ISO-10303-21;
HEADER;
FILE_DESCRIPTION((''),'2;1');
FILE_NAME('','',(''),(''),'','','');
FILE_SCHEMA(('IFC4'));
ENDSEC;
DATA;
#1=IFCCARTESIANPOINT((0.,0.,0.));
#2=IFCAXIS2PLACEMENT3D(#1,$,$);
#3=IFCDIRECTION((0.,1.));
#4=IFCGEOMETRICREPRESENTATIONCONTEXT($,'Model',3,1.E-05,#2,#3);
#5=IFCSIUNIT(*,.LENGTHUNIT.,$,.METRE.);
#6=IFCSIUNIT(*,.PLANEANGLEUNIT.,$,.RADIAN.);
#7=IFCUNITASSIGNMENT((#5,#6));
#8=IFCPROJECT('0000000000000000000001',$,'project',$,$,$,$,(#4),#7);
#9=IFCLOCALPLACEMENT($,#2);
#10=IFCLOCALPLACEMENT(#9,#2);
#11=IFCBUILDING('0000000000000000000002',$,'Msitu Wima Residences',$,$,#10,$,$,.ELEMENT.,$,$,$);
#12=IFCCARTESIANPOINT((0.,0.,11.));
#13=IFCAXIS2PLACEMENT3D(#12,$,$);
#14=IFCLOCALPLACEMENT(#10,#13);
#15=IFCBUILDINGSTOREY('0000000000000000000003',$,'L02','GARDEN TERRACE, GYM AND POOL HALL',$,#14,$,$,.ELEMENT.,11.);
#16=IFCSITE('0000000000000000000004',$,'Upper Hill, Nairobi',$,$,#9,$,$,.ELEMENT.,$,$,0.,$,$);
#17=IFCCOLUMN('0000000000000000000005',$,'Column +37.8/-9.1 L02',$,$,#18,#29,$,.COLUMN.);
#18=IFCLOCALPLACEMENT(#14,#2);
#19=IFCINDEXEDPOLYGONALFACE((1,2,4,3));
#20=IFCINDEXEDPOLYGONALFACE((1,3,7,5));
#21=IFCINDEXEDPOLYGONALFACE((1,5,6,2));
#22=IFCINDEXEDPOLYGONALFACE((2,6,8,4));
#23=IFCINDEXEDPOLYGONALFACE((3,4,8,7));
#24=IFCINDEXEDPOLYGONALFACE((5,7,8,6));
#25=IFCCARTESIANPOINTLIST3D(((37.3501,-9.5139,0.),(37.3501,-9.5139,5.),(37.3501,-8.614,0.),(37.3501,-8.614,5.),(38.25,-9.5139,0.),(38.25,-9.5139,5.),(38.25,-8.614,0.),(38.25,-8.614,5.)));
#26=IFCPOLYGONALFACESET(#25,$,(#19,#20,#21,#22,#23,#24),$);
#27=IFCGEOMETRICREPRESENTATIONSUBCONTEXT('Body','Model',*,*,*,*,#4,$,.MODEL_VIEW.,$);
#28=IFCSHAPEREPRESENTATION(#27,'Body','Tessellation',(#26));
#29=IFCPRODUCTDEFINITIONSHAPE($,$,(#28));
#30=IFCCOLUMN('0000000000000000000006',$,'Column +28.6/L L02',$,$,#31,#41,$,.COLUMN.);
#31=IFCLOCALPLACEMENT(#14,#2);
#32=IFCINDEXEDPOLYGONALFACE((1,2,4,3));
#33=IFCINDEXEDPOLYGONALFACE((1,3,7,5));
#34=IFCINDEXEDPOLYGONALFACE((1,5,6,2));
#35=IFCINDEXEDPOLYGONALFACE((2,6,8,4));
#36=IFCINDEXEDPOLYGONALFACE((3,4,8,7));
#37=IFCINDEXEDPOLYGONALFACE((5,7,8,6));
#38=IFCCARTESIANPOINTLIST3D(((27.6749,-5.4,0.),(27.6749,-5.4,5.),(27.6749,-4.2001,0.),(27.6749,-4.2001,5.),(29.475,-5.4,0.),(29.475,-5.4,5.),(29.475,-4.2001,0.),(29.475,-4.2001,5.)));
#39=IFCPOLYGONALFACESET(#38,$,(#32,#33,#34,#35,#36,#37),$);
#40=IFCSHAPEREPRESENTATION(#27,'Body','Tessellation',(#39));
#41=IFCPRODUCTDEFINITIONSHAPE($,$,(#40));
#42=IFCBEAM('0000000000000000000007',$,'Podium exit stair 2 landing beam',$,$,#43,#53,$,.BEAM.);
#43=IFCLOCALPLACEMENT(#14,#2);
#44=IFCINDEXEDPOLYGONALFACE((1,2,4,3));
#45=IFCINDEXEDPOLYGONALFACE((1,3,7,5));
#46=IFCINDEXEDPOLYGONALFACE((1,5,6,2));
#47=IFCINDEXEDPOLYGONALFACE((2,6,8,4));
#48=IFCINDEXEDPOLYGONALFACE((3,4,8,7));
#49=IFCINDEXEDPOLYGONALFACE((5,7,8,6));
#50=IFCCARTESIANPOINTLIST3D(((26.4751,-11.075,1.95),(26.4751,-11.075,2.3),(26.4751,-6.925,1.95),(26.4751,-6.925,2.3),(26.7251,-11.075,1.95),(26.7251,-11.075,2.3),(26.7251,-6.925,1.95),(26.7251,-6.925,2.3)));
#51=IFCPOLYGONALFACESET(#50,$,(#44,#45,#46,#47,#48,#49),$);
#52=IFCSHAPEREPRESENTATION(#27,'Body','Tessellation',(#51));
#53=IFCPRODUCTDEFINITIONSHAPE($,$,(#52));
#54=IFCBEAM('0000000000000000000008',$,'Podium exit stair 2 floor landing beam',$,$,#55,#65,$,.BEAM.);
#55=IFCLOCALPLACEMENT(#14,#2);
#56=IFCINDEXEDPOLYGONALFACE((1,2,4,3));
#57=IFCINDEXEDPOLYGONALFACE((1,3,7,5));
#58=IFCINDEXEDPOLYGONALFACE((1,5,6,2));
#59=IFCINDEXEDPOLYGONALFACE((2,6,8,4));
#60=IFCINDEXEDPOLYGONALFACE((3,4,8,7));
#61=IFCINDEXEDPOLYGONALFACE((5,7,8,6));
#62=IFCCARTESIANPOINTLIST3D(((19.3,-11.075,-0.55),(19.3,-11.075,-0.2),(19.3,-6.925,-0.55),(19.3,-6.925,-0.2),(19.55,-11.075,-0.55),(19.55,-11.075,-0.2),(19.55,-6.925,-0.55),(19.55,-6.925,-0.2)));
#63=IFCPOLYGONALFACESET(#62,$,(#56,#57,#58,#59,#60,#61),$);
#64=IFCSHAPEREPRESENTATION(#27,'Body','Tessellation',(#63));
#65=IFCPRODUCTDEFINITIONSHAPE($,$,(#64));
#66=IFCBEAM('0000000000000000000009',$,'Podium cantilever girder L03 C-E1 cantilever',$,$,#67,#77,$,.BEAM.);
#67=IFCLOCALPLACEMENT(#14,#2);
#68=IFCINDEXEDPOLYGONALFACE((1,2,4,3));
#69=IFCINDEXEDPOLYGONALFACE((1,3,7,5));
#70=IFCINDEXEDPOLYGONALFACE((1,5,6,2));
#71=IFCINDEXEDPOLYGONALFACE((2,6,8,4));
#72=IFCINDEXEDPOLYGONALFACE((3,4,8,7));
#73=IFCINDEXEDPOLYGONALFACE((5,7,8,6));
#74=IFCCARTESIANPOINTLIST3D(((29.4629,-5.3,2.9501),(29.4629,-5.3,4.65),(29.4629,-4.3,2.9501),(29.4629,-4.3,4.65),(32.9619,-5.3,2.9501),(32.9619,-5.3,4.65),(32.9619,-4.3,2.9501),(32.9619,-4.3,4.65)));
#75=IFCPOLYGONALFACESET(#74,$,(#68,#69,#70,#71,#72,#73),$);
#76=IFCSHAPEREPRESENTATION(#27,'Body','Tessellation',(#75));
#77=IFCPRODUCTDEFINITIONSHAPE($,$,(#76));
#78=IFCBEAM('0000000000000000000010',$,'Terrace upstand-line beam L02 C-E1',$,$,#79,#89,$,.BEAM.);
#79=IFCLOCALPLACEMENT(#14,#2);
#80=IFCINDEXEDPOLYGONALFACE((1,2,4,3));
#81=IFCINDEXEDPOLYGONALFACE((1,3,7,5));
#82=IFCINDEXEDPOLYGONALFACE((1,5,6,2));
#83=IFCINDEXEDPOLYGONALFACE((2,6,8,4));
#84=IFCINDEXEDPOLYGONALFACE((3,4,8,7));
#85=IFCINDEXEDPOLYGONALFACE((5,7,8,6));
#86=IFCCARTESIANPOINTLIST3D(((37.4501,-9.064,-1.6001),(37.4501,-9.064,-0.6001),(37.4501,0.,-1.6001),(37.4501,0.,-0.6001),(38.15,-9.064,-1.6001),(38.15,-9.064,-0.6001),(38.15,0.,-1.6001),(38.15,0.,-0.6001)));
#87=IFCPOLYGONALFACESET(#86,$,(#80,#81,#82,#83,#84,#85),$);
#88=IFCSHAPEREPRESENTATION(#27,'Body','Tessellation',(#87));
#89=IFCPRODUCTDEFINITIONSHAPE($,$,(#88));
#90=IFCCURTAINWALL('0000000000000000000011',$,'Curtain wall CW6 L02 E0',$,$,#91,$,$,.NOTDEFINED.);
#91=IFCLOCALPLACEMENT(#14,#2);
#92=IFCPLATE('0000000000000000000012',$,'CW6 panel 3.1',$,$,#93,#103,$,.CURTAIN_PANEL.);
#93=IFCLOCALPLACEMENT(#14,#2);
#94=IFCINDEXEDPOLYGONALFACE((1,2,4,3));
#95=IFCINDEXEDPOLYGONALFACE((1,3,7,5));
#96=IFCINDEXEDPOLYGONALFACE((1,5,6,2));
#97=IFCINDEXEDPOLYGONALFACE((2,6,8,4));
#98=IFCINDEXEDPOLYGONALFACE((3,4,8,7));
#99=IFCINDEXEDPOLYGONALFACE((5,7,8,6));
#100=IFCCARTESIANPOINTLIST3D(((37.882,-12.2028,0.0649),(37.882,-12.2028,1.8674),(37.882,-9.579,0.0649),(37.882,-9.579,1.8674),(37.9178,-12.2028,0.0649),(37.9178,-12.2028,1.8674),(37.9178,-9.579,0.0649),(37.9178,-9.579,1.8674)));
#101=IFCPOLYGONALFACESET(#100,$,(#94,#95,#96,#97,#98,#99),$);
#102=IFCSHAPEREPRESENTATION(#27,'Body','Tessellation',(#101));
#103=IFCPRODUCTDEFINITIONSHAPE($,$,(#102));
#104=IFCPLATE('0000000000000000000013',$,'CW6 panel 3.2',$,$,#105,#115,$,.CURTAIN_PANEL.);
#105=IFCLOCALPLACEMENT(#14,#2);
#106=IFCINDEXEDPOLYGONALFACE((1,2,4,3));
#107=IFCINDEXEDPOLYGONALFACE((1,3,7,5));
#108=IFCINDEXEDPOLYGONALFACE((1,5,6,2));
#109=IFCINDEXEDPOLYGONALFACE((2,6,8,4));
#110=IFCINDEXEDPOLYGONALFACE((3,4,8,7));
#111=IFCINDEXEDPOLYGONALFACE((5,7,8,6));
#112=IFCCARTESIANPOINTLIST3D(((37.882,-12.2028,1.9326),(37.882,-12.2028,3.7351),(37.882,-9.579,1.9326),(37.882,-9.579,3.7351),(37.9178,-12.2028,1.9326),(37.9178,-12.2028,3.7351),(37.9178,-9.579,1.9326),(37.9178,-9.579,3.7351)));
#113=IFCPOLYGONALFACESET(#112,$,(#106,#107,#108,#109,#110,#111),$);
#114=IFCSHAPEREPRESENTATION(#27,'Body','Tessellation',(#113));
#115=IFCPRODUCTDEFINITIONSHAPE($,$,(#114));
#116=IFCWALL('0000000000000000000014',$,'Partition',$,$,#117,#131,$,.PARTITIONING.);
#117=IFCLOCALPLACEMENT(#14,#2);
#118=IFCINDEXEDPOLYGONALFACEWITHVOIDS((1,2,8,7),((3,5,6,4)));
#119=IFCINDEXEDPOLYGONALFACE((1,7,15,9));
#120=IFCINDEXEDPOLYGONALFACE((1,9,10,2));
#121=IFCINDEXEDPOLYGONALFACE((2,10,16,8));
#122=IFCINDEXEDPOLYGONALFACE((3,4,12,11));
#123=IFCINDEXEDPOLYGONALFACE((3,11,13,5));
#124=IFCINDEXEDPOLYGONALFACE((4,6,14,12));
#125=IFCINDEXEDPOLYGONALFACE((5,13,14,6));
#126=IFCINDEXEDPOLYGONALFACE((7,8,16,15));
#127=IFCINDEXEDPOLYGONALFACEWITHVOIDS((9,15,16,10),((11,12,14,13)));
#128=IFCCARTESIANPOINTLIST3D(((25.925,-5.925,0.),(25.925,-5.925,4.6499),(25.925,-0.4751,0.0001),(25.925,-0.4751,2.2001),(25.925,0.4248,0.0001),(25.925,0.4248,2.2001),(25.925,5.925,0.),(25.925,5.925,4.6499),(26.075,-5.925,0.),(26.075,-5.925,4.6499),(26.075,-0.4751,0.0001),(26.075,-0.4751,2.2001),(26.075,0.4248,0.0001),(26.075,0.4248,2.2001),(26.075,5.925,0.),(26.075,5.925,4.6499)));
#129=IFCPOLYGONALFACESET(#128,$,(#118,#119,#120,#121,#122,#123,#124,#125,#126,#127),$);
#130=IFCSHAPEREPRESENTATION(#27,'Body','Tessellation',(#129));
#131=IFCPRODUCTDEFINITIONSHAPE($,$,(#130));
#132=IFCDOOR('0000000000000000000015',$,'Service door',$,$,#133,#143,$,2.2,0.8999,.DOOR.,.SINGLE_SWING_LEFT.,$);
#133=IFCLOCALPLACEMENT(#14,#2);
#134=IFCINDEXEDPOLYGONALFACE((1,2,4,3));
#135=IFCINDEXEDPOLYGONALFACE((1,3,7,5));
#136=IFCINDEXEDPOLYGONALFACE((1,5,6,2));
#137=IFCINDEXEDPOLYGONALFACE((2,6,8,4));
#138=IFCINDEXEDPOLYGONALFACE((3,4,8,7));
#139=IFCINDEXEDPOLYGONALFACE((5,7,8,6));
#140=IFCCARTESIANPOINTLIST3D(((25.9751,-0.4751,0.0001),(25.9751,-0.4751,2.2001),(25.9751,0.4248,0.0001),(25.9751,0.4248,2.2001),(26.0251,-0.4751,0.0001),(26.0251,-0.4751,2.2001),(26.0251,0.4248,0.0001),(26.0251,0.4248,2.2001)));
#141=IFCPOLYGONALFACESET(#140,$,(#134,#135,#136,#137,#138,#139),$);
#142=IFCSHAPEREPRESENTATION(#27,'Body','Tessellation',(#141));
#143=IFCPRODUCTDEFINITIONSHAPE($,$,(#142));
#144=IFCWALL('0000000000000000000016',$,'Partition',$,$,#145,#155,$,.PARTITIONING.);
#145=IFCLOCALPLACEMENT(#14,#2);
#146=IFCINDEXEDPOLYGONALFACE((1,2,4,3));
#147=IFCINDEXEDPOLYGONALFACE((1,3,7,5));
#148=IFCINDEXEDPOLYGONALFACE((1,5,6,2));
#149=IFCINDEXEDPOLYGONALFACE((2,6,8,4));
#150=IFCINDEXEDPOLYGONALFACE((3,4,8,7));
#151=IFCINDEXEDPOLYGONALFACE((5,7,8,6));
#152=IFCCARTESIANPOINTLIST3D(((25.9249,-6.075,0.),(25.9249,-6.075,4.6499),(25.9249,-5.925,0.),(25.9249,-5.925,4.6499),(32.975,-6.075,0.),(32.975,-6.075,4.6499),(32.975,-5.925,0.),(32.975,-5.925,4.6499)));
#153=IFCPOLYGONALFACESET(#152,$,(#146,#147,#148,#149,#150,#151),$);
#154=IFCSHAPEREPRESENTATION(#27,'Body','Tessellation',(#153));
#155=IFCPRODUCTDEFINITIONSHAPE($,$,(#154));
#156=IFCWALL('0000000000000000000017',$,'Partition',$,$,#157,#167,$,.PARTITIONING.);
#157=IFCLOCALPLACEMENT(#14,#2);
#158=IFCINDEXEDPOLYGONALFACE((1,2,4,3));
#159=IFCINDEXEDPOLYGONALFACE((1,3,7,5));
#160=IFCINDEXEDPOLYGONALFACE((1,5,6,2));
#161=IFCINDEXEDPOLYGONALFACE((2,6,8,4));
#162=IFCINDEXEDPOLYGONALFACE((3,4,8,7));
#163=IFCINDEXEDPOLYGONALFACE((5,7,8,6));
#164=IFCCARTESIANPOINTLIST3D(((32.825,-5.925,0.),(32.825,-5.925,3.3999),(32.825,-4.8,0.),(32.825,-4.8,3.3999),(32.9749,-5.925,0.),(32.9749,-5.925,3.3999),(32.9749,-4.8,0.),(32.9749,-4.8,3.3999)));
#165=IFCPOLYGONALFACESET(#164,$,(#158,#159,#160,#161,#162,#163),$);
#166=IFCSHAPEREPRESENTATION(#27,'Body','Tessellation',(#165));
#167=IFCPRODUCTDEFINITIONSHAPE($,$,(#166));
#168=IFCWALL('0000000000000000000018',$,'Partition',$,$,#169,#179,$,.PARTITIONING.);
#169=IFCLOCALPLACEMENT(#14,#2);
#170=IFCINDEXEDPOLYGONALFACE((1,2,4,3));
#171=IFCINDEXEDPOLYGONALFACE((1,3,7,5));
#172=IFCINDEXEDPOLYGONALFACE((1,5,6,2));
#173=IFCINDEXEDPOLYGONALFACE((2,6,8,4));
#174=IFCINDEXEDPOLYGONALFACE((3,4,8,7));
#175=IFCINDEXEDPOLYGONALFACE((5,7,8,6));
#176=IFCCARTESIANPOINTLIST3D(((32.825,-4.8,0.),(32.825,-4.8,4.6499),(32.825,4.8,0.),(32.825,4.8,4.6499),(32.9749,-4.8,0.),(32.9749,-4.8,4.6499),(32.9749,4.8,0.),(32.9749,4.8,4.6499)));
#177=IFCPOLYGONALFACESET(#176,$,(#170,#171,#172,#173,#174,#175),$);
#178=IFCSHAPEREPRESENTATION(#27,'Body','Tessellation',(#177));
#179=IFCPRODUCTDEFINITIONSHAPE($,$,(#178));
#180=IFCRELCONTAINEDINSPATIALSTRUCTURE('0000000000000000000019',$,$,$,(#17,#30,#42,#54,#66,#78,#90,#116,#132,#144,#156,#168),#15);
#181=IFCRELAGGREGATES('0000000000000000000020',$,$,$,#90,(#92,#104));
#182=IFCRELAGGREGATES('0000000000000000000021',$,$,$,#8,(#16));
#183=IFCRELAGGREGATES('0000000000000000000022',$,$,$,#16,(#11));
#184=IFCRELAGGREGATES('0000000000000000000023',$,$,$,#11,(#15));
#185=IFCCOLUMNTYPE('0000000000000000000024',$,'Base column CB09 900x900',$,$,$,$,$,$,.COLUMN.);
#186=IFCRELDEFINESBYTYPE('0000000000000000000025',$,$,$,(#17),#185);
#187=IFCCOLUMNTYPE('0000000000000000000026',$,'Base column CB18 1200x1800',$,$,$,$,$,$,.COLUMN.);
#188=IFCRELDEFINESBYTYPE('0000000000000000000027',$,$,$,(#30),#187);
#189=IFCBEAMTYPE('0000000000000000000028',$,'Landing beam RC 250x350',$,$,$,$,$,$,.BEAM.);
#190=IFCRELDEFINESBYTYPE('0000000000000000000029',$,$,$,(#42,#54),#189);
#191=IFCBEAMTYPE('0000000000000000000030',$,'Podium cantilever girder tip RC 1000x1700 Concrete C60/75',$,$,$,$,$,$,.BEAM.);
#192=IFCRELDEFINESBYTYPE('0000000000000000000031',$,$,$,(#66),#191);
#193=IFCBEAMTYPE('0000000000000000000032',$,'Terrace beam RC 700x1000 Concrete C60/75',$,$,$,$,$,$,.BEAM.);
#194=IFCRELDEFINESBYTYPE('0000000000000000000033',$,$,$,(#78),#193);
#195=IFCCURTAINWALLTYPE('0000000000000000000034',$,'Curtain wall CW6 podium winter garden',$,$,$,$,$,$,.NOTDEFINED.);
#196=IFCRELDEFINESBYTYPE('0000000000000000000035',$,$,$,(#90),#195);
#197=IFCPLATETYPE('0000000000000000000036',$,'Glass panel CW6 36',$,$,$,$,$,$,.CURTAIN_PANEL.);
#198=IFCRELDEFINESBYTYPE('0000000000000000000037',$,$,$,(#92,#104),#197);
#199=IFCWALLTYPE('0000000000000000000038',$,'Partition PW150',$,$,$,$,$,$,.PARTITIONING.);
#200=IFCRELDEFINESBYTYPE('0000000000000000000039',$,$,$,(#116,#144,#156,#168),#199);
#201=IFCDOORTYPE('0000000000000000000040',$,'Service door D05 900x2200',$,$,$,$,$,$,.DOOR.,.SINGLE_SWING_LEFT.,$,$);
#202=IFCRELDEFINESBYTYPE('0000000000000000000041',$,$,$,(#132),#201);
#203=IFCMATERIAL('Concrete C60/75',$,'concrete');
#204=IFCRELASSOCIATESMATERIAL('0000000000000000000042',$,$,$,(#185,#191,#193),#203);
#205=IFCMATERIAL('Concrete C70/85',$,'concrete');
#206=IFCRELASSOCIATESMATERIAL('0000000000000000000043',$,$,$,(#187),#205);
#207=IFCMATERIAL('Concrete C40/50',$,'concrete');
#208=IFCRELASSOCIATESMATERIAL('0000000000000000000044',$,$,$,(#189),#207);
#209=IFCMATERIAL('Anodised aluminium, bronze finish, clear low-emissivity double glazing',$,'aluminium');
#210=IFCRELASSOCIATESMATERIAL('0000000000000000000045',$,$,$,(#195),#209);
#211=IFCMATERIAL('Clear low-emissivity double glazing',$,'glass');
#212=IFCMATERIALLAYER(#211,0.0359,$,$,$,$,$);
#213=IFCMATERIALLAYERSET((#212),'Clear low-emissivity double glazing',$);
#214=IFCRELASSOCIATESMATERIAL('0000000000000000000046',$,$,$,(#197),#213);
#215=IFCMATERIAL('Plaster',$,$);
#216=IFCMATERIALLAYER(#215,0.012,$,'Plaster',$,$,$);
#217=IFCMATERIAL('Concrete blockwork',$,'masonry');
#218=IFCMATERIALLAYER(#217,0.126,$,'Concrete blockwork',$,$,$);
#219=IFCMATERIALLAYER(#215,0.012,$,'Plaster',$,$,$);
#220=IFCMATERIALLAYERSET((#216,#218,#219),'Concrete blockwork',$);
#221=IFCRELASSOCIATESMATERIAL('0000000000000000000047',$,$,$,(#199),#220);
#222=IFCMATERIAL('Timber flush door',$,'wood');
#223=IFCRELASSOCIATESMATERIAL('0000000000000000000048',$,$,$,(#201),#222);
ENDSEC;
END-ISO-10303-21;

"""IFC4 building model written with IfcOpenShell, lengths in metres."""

from ifc_helpers import new_model, si_unit, direction, frame, frame_2d, origin, origin_2d, place, context, subcontext, project, spatial, rectangle, extrude, material, layer, layer_set, material_profile, profile_set, type_object, element, fill, aggregate, save


model = new_model("IFC4")

# Units and contexts
model_context = context("Model", 3, precision=1e-05, world=origin(), true_north=direction((0.0, 1.0)))
body_context = subcontext(model_context, "Body", "Model", "MODEL_VIEW")
ifc_project = project(units=[si_unit("LENGTHUNIT", "METRE"), si_unit("PLANEANGLEUNIT", "RADIAN")], contexts=[model_context])

# Site, building, storey
site_placement = place(None, origin())
site = spatial("IfcSite", under=ifc_project, at=site_placement, Name="Upper Hill, Nairobi", CompositionType="ELEMENT", RefElevation=0.0)
building_placement = place(site_placement, origin())
building = spatial("IfcBuilding", under=site, at=building_placement, Name="Msitu Wima Residences", CompositionType="ELEMENT")
storey_placement = place(building_placement, frame((0.0, 0.0, 11.0)))
storey = spatial("IfcBuildingStorey", under=building, at=storey_placement, Name="L02", Description="GARDEN TERRACE, GYM AND POOL HALL", CompositionType="ELEMENT", Elevation=11.0)

# Columns
ifc_material_1 = material(Name="Concrete C60/75", Category="concrete")
ifc_material_profile_1 = material_profile(ifc_material_1, rectangle(XDim=0.8999, YDim=0.8999, at=origin_2d()), Name="RC 900x900")
ifc_profile_set_1 = profile_set([ifc_material_profile_1], Name="Concrete C60/75")
column_type_1 = type_object("IfcColumnType", Name="Base column CB09 900x900", PredefinedType="COLUMN", material=ifc_profile_set_1)
column_1_placement = place(storey_placement, frame((37.8, -9.064, 0.0), z_axis=(0.0, 0.0, 1.0), x_axis=(1.0, 0.0, 0.0)))
element("IfcColumn", 1, at=column_1_placement, inside=storey, type_object=column_type_1, Name="Column +37.8/-9.1 L02", PredefinedType="COLUMN", context=body_context, shape_type="SweptSolid", body=[
    extrude(rectangle(XDim=0.8999, YDim=0.8999, at=origin_2d()), origin(), (0.0, 0.0, 1.0), 5.0),
])
ifc_material_2 = material(Name="Concrete C70/85", Category="concrete")
ifc_material_profile_2 = material_profile(ifc_material_2, rectangle(XDim=1.2, YDim=1.8, at=origin_2d()), Name="RC 1200x1800")
ifc_profile_set_2 = profile_set([ifc_material_profile_2], Name="Concrete C70/85")
column_type_2 = type_object("IfcColumnType", Name="Base column CB18 1200x1800", PredefinedType="COLUMN", material=ifc_profile_set_2)
column_2_placement = place(storey_placement, frame((28.575, -4.8, 0.0), z_axis=(0.0, 0.0, 1.0), x_axis=(0.0, 1.0, 0.0)))
element("IfcColumn", 2, at=column_2_placement, inside=storey, type_object=column_type_2, Name="Column +28.6/L L02", PredefinedType="COLUMN", context=body_context, shape_type="SweptSolid", body=[
    extrude(rectangle(XDim=1.2, YDim=1.8, at=origin_2d()), origin(), (0.0, 0.0, 1.0), 5.0),
])

# Beams
ifc_material_3 = material(Name="Concrete C40/50", Category="concrete")
ifc_material_profile_3 = material_profile(ifc_material_3, rectangle(XDim=0.25, YDim=0.3501, at=origin_2d()), Name="RC 250x350")
ifc_profile_set_3 = profile_set([ifc_material_profile_3], Name="Concrete C40/50")
beam_type_1 = type_object("IfcBeamType", Name="Landing beam RC 250x350", PredefinedType="BEAM", material=ifc_profile_set_3)
for number, where, z_axis, x_axis, name in (
    (3, (26.6001, -6.925, 2.125), (0.0, -1.0, 0.0), (1.0, 0.0, 0.0), "Podium exit stair 2 landing beam"),
    (4, (19.425, -6.925, -0.375), (0.0, -1.0, 0.0), (1.0, 0.0, 0.0), "Podium exit stair 2 floor landing beam"),
):
    element("IfcBeam", number, at=place(storey_placement, frame(where, z_axis=z_axis, x_axis=x_axis)), inside=storey, type_object=beam_type_1, Name=name, PredefinedType="BEAM", context=body_context, shape_type="SweptSolid", body=[
        extrude(rectangle(XDim=0.25, YDim=0.3501, at=origin_2d()), origin(), (0.0, 0.0, 1.0), 4.1499),
    ])
ifc_material_profile_4 = material_profile(ifc_material_1, rectangle(XDim=1.0, YDim=1.7, at=origin_2d()), Name="RC 1000x1700")
ifc_profile_set_4 = profile_set([ifc_material_profile_4], Name="Concrete C60/75")
beam_type_2 = type_object("IfcBeamType", Name="Podium cantilever girder tip RC 1000x1700 Concrete C60/75", PredefinedType="BEAM", material=ifc_profile_set_4)
beam_1_placement = place(storey_placement, frame((29.4629, -4.8, 3.8), z_axis=(1.0, 0.0, 0.0), x_axis=(0.0, 1.0, 0.0)))
element("IfcBeam", 5, at=beam_1_placement, inside=storey, type_object=beam_type_2, Name="Podium cantilever girder L03 C-E1 cantilever", PredefinedType="BEAM", context=body_context, shape_type="SweptSolid", body=[
    extrude(rectangle(XDim=1.0, YDim=1.7, at=origin_2d()), origin(), (0.0, 0.0, 1.0), 3.499),
])
ifc_material_profile_5 = material_profile(ifc_material_1, rectangle(XDim=0.7, YDim=1.0, at=origin_2d()), Name="RC 700x1000")
ifc_profile_set_5 = profile_set([ifc_material_profile_5], Name="Concrete C60/75")
beam_type_3 = type_object("IfcBeamType", Name="Terrace beam RC 700x1000 Concrete C60/75", PredefinedType="BEAM", material=ifc_profile_set_5)
beam_2_placement = place(storey_placement, frame((37.8, -9.064, -1.1001), z_axis=(0.0, 1.0, 0.0), x_axis=(-1.0, 0.0, 0.0)))
element("IfcBeam", 6, at=beam_2_placement, inside=storey, type_object=beam_type_3, Name="Terrace upstand-line beam L02 C-E1", PredefinedType="BEAM", context=body_context, shape_type="SweptSolid", body=[
    extrude(rectangle(XDim=0.7, YDim=1.0, at=origin_2d()), origin(), (0.0, 0.0, 1.0), 9.064),
])

# Curtain wall, plates
ifc_material_4 = material(Name="Anodised aluminium, bronze finish, clear low-emissivity double glazing", Category="aluminium")
curtain_wall_type = type_object("IfcCurtainWallType", Name="Curtain wall CW6 podium winter garden", PredefinedType="NOTDEFINED", material=ifc_material_4)
curtain_wall_placement = place(storey_placement, origin())
curtain_wall = element("IfcCurtainWall", 7, at=curtain_wall_placement, inside=storey, type_object=curtain_wall_type, Name="Curtain wall CW6 L02 E0", PredefinedType="NOTDEFINED")
ifc_material_5 = material(Name="Clear low-emissivity double glazing", Category="glass")
ifc_layer_1 = layer(ifc_material_5, 0.0359)
ifc_layer_set_1 = layer_set([ifc_layer_1], Name="Clear low-emissivity double glazing")
plate_type = type_object("IfcPlateType", Name="Glass panel CW6 36", PredefinedType="CURTAIN_PANEL", material=ifc_layer_set_1)
plate_1_placement = place(storey_placement, frame((37.8999, -10.8909, 0.0649), z_axis=(0.0, 0.0, 1.0), x_axis=(0.0, 1.0, 0.0)))
plate_1 = element("IfcPlate", 8, at=plate_1_placement, type_object=plate_type, Name="CW6 panel 3.1", PredefinedType="CURTAIN_PANEL", context=body_context, shape_type="SweptSolid", body=[
    extrude(rectangle(XDim=2.6238, YDim=0.0359, at=origin_2d()), origin(), (0.0, 0.0, 1.0), 1.8025),
])
plate_2_placement = place(storey_placement, frame((37.8999, -10.8909, 1.9326), z_axis=(0.0, 0.0, 1.0), x_axis=(0.0, 1.0, 0.0)))
plate_2 = element("IfcPlate", 9, at=plate_2_placement, type_object=plate_type, Name="CW6 panel 3.2", PredefinedType="CURTAIN_PANEL", context=body_context, shape_type="SweptSolid", body=[
    extrude(rectangle(XDim=2.6238, YDim=0.0359, at=origin_2d()), origin(), (0.0, 0.0, 1.0), 1.8025),
])
aggregate(curtain_wall, [plate_1, plate_2])

# Wall, opening, door
ifc_material_6 = material(Name="Plaster")
ifc_layer_2 = layer(ifc_material_6, 0.012, Name="Plaster")
ifc_material_7 = material(Name="Concrete blockwork", Category="masonry")
ifc_layer_3 = layer(ifc_material_7, 0.126, Name="Concrete blockwork")
ifc_layer_4 = layer(ifc_material_6, 0.012, Name="Plaster")
ifc_layer_set_2 = layer_set([ifc_layer_2, ifc_layer_3, ifc_layer_4], Name="Concrete blockwork")
wall_type_1 = type_object("IfcWallType", Name="Partition PW150", PredefinedType="PARTITIONING", material=ifc_layer_set_2)
wall_1_placement = place(storey_placement, frame((26.0, -5.925, 0.0), z_axis=(0.0, 0.0, 1.0), x_axis=(0.0, 1.0, 0.0)))
wall_1 = element("IfcWall", 10, at=wall_1_placement, inside=storey, type_object=wall_type_1, Name="Partition", PredefinedType="PARTITIONING", context=body_context, shape_type="SweptSolid", body=[
    extrude(rectangle(XDim=11.8501, YDim=0.1499, at=frame_2d((5.925, 0.0))), origin(), (0.0, 0.0, 1.0), 4.6499),
])
opening_1_placement = place(wall_1_placement, frame((5.45, 0.0, 0.0)))
opening_1 = element("IfcOpeningElement", 11, at=opening_1_placement, cuts=wall_1, PredefinedType="OPENING", context=body_context, shape_type="SweptSolid", body=[
    extrude(rectangle(XDim=0.8999, YDim=2.2, at=frame_2d((0.45, 1.1001))), frame((0.0, 0.085, 0.0), z_axis=(0.0, -1.0, 0.0), x_axis=(1.0, 0.0, 0.0)), (0.0, 0.0, 1.0), 0.1699),
])
ifc_material_8 = material(Name="Timber flush door", Category="wood")
door_type_1 = type_object("IfcDoorType", Name="Service door D05 900x2200", OperationType="SINGLE_SWING_LEFT", PredefinedType="DOOR", material=ifc_material_8)
door_1_placement = place(opening_1_placement, origin())
door_1 = element("IfcDoor", 12, at=door_1_placement, inside=storey, type_object=door_type_1, Name="Service door", OperationType="SINGLE_SWING_LEFT", OverallHeight=2.2, OverallWidth=0.8999, PredefinedType="DOOR", context=body_context, shape_type="SweptSolid", body=[
    extrude(rectangle(XDim=0.8999, YDim=2.2, at=frame_2d((0.45, 1.1001))), frame((0.0, 0.0249, 0.0), z_axis=(0.0, -1.0, 0.0), x_axis=(1.0, 0.0, 0.0)), (0.0, 0.0, 1.0), 0.05),
])
fill(opening_1, door_1)

# Walls
wall_2_placement = place(storey_placement, frame((25.925, -6.0, 0.0), z_axis=(0.0, 0.0, 1.0), x_axis=(1.0, 0.0, 0.0)))
element("IfcWall", 13, at=wall_2_placement, inside=storey, type_object=wall_type_1, Name="Partition", PredefinedType="PARTITIONING", context=body_context, shape_type="SweptSolid", body=[
    extrude(rectangle(XDim=7.05, YDim=0.1499, at=frame_2d((3.5249, 0.0))), origin(), (0.0, 0.0, 1.0), 4.6499),
])
wall_3_placement = place(storey_placement, frame((32.8999, -5.925, 0.0), z_axis=(0.0, 0.0, 1.0), x_axis=(0.0, 1.0, 0.0)))
element("IfcWall", 14, at=wall_3_placement, inside=storey, type_object=wall_type_1, Name="Partition", PredefinedType="PARTITIONING", context=body_context, shape_type="SweptSolid", body=[
    extrude(rectangle(XDim=1.125, YDim=0.1499, at=frame_2d((0.5625, 0.0))), origin(), (0.0, 0.0, 1.0), 3.3999),
])
wall_4_placement = place(storey_placement, frame((32.8999, -4.8, 0.0), z_axis=(0.0, 0.0, 1.0), x_axis=(0.0, 1.0, 0.0)))
element("IfcWall", 15, at=wall_4_placement, inside=storey, type_object=wall_type_1, Name="Partition", PredefinedType="PARTITIONING", context=body_context, shape_type="SweptSolid", body=[
    extrude(rectangle(XDim=9.6001, YDim=0.1499, at=frame_2d((4.8, 0.0))), origin(), (0.0, 0.0, 1.0), 4.6499),
])

save(model, "model.ifc")
